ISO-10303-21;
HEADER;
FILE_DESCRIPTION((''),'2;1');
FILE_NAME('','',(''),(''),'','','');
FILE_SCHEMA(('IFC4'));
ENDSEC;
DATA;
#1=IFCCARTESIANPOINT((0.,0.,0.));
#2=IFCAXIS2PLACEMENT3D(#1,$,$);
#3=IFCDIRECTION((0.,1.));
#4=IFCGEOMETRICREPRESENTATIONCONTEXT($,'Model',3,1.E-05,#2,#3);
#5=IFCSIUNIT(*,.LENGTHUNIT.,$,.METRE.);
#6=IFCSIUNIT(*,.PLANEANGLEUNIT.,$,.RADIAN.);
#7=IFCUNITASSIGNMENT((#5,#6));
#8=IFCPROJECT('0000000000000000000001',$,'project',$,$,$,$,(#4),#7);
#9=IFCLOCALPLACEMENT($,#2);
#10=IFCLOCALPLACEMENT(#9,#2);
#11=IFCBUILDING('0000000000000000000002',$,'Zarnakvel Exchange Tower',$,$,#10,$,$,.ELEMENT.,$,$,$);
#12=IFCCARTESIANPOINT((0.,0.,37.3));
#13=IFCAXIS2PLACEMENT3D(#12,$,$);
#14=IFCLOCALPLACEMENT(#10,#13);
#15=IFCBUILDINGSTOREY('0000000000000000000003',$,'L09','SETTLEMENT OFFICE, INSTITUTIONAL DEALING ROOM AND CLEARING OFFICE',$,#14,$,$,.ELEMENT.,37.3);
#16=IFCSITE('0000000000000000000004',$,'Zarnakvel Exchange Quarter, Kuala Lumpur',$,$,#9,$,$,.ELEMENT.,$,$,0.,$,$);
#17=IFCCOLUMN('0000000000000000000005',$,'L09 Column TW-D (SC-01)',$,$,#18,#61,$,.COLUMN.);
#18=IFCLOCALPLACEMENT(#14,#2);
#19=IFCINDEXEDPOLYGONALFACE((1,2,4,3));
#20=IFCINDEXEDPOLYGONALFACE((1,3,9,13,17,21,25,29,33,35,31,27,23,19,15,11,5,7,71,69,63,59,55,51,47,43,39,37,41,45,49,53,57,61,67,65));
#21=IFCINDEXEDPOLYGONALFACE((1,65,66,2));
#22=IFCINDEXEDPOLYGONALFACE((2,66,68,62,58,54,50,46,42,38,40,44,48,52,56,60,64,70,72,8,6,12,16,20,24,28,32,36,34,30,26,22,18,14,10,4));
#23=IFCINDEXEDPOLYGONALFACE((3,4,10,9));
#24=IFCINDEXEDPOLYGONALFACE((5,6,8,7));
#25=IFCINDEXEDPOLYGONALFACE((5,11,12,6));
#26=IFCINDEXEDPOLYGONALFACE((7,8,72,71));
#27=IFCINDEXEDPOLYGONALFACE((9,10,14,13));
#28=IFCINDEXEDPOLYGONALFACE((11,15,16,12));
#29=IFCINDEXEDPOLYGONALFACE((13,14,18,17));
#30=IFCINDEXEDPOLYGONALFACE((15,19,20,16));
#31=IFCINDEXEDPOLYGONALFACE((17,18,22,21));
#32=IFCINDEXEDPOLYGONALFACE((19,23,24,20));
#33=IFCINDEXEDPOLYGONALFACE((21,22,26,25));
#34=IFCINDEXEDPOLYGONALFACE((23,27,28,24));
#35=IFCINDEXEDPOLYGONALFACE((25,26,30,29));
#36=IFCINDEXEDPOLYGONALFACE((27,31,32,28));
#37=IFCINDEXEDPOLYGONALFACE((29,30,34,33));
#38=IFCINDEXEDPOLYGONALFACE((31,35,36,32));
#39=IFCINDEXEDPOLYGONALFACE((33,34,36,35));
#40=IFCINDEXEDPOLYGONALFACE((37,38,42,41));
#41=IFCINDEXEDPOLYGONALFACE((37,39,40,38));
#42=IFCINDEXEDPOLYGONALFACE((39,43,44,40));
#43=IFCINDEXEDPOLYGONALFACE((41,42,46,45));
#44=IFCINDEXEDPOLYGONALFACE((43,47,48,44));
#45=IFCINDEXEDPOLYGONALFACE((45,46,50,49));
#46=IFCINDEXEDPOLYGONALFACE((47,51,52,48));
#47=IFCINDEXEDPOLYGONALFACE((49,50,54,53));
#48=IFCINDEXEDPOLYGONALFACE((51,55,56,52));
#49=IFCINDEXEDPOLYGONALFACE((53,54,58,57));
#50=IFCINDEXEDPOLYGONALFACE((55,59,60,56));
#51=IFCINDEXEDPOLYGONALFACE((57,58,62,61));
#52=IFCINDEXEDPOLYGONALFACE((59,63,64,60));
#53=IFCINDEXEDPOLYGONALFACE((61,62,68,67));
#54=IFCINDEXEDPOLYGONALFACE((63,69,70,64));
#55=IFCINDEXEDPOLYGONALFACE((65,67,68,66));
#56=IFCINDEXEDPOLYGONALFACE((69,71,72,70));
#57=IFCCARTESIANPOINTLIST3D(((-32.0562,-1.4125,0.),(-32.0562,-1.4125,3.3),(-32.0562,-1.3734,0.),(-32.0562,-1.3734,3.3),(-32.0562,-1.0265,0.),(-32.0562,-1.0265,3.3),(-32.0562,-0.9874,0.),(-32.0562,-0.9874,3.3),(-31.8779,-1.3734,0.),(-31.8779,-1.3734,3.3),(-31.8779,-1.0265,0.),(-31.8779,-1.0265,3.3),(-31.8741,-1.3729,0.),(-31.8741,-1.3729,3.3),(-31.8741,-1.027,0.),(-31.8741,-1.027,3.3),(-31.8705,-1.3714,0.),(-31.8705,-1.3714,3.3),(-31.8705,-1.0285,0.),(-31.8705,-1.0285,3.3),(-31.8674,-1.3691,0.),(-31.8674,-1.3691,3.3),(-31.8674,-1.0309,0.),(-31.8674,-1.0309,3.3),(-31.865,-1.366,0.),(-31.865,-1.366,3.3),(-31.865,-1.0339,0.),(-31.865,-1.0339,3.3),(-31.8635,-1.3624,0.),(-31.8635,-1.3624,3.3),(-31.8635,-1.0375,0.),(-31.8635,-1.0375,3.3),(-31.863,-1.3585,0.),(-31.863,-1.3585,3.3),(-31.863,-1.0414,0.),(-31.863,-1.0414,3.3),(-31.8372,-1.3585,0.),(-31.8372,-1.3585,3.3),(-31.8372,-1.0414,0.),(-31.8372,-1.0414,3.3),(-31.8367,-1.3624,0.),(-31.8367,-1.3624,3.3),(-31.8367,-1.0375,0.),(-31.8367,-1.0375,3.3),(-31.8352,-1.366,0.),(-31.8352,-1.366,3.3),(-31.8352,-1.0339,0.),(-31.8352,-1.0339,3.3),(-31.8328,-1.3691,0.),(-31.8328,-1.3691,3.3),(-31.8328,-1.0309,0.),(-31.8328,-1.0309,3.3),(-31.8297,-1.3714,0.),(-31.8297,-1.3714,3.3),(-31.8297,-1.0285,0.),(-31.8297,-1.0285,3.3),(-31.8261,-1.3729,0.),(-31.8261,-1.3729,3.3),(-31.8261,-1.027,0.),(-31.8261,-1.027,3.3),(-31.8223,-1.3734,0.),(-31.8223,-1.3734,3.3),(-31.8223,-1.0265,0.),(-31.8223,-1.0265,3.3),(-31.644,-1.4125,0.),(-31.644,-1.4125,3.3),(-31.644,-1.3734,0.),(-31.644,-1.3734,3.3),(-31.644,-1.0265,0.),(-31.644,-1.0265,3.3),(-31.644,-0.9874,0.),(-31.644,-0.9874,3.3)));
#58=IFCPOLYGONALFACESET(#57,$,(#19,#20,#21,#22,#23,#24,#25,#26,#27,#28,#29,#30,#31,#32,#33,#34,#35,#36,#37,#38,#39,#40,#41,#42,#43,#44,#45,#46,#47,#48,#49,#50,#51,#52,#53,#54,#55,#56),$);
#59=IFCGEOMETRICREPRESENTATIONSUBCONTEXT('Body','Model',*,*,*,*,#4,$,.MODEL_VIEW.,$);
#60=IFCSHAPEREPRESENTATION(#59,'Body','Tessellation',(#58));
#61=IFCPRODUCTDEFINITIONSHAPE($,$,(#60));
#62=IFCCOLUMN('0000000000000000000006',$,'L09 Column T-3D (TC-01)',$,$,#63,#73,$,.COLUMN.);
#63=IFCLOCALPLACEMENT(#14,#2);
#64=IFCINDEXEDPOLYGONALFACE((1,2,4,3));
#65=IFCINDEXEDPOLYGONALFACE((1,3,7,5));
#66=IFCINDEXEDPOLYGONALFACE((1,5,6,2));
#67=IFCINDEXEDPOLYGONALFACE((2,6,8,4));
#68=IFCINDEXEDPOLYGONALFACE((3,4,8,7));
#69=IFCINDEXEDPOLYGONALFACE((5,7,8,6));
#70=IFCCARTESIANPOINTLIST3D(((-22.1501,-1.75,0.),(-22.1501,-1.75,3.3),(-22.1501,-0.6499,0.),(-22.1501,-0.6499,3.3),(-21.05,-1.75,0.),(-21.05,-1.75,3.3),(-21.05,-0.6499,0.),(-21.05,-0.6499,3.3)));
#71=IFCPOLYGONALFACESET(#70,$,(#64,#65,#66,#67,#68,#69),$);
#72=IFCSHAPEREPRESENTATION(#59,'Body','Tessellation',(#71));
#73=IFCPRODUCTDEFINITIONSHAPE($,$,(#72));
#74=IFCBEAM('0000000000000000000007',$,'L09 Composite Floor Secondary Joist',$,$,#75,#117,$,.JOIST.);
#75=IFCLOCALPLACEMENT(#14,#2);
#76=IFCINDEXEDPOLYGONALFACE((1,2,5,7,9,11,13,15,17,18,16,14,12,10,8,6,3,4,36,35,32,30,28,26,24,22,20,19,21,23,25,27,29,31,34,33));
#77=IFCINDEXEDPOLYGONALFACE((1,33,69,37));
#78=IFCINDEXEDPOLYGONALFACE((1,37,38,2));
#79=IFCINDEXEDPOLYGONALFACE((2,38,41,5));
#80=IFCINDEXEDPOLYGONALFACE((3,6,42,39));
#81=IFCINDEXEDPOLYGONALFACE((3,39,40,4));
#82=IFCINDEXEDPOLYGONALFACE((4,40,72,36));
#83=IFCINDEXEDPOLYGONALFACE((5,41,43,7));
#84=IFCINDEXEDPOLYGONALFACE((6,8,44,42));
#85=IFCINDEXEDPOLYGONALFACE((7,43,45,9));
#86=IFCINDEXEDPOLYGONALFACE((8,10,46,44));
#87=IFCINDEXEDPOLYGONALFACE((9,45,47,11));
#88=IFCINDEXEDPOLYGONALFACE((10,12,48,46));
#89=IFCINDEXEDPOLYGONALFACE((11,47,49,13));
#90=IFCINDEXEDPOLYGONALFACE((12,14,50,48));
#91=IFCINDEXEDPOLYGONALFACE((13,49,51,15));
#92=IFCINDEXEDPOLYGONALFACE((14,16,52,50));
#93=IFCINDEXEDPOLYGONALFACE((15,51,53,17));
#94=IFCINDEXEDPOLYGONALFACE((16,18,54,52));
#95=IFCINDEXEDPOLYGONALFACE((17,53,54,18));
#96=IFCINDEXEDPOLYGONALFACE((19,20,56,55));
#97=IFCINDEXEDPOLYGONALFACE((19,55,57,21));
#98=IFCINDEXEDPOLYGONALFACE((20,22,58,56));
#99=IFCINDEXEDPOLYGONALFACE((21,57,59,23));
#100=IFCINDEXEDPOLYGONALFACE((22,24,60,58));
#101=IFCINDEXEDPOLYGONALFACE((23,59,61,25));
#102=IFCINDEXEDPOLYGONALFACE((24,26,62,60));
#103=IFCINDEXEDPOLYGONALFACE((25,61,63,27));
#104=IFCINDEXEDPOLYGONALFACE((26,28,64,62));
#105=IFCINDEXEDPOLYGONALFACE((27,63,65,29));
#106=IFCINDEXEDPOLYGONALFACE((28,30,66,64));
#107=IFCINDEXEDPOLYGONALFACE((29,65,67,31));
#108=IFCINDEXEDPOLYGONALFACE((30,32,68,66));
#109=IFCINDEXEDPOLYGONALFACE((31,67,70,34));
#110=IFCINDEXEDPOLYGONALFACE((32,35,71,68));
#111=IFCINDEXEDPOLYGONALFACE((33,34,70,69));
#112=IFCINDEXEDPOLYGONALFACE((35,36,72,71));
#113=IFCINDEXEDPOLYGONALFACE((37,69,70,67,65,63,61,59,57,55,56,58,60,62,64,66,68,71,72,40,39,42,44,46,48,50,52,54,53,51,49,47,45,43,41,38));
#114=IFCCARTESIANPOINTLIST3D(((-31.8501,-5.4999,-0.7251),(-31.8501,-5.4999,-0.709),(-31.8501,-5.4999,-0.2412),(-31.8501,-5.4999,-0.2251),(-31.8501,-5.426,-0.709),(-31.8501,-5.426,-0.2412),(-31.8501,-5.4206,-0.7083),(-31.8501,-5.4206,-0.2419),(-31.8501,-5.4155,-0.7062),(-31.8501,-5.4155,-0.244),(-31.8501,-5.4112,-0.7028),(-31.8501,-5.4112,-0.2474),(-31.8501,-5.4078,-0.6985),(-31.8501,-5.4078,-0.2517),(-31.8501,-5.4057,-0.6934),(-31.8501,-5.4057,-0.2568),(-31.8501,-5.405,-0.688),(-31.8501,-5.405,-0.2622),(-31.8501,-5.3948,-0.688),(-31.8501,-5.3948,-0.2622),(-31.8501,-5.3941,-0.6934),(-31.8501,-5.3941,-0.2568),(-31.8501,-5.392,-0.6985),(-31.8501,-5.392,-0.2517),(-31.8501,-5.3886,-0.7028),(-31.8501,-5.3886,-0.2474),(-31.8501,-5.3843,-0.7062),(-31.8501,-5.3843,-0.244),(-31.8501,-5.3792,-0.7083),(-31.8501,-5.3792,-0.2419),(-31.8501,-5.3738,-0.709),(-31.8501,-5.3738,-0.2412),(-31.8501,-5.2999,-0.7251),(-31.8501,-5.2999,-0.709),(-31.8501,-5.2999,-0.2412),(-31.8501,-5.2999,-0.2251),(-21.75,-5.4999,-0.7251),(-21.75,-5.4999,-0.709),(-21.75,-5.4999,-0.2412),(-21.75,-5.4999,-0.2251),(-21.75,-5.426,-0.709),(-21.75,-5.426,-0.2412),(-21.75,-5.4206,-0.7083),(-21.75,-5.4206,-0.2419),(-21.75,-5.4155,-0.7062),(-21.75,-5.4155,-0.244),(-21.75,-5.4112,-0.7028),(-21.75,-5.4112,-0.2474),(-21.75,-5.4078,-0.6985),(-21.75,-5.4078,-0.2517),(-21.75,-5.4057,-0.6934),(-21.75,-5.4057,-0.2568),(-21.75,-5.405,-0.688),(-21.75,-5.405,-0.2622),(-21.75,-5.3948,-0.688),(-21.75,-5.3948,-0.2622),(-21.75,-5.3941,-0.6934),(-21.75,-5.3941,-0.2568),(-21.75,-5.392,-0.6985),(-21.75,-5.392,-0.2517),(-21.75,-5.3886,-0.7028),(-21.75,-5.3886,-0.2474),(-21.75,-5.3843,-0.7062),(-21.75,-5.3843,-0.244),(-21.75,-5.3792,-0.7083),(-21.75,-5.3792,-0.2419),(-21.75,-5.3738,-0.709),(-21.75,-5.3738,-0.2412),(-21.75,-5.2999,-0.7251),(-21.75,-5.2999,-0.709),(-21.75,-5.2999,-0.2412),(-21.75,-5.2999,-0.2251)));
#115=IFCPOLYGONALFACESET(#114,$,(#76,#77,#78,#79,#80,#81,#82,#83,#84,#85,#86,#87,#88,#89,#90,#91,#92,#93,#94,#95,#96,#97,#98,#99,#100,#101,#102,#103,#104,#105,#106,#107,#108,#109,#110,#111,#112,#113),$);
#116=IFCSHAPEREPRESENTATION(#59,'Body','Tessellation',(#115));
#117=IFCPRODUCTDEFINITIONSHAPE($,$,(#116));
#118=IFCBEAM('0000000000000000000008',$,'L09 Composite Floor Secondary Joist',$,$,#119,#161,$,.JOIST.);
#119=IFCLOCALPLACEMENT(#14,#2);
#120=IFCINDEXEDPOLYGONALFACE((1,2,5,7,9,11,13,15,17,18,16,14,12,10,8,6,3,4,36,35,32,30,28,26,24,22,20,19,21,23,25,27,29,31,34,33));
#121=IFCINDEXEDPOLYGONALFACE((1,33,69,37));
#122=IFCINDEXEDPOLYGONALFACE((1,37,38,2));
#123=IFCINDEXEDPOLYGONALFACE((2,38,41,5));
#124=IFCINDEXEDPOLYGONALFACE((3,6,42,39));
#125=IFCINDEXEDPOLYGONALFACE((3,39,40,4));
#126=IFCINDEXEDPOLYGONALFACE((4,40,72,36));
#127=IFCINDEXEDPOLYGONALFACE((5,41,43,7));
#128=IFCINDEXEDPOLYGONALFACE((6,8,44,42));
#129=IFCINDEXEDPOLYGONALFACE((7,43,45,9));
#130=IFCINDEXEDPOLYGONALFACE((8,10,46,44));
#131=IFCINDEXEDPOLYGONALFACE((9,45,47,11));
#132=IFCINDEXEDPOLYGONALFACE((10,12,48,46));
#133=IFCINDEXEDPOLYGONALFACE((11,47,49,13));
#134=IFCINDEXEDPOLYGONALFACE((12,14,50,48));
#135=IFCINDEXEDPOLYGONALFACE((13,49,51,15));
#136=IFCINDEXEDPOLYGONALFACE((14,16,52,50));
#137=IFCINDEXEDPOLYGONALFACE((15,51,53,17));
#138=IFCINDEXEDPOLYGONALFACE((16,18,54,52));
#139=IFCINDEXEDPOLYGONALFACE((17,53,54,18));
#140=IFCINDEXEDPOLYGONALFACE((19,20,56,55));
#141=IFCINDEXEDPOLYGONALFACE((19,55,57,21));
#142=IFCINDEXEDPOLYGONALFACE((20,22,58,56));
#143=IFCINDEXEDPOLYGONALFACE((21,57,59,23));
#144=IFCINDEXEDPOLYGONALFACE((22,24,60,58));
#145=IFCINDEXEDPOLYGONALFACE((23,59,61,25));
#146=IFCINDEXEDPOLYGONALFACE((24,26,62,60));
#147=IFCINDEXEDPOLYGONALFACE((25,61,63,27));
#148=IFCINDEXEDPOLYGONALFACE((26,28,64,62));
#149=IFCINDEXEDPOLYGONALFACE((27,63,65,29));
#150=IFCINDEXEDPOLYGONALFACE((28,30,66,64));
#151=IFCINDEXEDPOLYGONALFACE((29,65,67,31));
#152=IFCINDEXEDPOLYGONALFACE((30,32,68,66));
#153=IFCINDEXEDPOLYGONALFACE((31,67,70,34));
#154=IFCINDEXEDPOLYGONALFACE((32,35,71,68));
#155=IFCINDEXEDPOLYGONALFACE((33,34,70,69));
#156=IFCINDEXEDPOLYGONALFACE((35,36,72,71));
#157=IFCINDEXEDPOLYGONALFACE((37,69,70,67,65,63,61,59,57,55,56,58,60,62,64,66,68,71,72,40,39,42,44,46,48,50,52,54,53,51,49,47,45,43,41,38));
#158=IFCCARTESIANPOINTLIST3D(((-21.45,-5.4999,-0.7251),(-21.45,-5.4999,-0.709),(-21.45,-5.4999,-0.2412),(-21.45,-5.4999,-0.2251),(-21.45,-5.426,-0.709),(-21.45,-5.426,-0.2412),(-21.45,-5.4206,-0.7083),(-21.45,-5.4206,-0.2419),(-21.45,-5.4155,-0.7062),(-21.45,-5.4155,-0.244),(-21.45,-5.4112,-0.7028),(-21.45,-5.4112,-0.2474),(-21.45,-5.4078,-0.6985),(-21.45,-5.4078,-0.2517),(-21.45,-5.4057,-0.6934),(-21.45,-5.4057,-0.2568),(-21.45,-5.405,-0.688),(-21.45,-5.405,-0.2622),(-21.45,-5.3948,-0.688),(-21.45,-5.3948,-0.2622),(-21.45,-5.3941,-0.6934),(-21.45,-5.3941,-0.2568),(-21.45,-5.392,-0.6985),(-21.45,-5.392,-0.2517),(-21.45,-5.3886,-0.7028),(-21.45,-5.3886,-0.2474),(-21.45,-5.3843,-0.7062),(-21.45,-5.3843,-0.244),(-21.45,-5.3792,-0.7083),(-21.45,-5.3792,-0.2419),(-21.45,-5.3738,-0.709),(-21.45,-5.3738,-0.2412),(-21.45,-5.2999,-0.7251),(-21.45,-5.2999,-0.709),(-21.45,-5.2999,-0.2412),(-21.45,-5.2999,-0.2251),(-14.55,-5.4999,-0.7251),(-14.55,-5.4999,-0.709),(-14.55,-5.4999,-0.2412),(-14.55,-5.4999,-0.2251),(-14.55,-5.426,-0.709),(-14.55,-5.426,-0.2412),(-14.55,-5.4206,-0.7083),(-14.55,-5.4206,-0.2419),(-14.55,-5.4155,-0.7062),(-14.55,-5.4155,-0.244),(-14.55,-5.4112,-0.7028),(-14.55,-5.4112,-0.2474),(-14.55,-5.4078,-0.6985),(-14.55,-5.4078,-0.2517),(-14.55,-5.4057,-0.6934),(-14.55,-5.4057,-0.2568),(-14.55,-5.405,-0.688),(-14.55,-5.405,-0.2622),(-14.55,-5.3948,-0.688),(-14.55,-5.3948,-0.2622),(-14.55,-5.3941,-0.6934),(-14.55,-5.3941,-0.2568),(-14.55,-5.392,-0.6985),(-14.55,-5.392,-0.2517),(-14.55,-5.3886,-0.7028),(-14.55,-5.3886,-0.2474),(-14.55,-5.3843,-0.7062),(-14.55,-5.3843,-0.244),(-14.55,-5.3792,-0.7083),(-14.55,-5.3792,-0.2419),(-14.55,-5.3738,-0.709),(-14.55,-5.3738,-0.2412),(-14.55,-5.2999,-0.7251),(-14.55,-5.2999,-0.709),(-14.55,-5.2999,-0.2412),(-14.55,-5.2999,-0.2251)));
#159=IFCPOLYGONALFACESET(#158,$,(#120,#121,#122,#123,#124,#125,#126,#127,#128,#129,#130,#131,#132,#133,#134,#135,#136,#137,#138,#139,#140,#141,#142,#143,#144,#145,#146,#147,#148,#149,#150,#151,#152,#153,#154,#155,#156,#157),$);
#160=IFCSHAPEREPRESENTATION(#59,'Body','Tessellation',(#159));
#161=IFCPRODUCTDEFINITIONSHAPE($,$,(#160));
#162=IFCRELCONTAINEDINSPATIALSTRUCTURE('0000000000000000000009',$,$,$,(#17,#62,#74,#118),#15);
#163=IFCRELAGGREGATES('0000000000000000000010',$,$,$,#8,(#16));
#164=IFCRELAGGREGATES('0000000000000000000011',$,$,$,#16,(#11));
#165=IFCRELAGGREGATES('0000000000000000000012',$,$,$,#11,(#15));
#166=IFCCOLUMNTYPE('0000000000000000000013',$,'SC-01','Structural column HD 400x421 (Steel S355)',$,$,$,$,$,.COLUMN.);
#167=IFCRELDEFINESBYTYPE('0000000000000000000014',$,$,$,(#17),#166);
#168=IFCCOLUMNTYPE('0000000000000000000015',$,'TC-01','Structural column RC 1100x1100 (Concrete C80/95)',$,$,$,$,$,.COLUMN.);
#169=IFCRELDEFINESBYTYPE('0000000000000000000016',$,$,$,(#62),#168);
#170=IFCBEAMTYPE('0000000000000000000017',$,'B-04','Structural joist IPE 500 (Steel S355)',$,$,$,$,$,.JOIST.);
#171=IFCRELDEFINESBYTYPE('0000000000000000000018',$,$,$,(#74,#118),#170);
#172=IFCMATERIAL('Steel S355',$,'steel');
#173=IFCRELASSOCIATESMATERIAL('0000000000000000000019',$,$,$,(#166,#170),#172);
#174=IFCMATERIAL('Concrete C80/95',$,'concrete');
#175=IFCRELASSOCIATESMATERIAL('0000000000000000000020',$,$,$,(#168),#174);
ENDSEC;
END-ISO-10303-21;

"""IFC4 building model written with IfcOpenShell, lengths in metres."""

from ifc_helpers import new_model, si_unit, direction, frame, origin, origin_2d, place, context, subcontext, project, spatial, rectangle, i_section, extrude, material, material_profile, profile_set, type_object, element, save


model = new_model("IFC4")

# Units and contexts
model_context = context("Model", 3, precision=1e-05, world=origin(), true_north=direction((0.0, 1.0)))
body_context = subcontext(model_context, "Body", "Model", "MODEL_VIEW")
ifc_project = project(units=[si_unit("LENGTHUNIT", "METRE"), si_unit("PLANEANGLEUNIT", "RADIAN")], contexts=[model_context])

# Site, building, storey
site_placement = place(None, origin())
site = spatial("IfcSite", under=ifc_project, at=site_placement, Name="Zarnakvel Exchange Quarter, Kuala Lumpur", CompositionType="ELEMENT", RefElevation=0.0)
building_placement = place(site_placement, origin())
building = spatial("IfcBuilding", under=site, at=building_placement, Name="Zarnakvel Exchange Tower", CompositionType="ELEMENT")
storey_placement = place(building_placement, frame((0.0, 0.0, 37.3)))
storey = spatial("IfcBuildingStorey", under=building, at=storey_placement, Name="L09", Description="SETTLEMENT OFFICE, INSTITUTIONAL DEALING ROOM AND CLEARING OFFICE", CompositionType="ELEMENT", Elevation=37.3)

# Columns
ifc_material_1 = material(Name="Steel S355", Category="steel")
ifc_material_profile_1 = material_profile(ifc_material_1, i_section(OverallWidth=0.4121, OverallDepth=0.425, WebThickness=0.0259, FlangeThickness=0.0391, FilletRadius=0.0149, at=origin_2d()))
ifc_profile_set_1 = profile_set([ifc_material_profile_1], Name="Steel S355")
column_type_1 = type_object("IfcColumnType", Name="SC-01", Description="Structural column HD 400x421 (Steel S355)", PredefinedType="COLUMN", material=ifc_profile_set_1)
column_1_placement = place(storey_placement, frame((-31.8501, -1.2, 0.0), z_axis=(0.0, 0.0, 1.0), x_axis=(1.0, 0.0, 0.0)))
element("IfcColumn", 1, at=column_1_placement, inside=storey, type_object=column_type_1, Name="L09 Column TW-D (SC-01)", PredefinedType="COLUMN", context=body_context, shape_type="SweptSolid", body=[
    extrude(i_section(OverallWidth=0.4121, OverallDepth=0.425, WebThickness=0.0259, FlangeThickness=0.0391, FilletRadius=0.0149, at=origin_2d()), origin(), (0.0, 0.0, 1.0), 3.3),
])
ifc_material_2 = material(Name="Concrete C80/95", Category="concrete")
ifc_material_profile_2 = material_profile(ifc_material_2, rectangle(XDim=1.1001, YDim=1.1001, at=origin_2d()))
ifc_profile_set_2 = profile_set([ifc_material_profile_2], Name="Concrete C80/95")
column_type_2 = type_object("IfcColumnType", Name="TC-01", Description="Structural column RC 1100x1100 (Concrete C80/95)", PredefinedType="COLUMN", material=ifc_profile_set_2)
column_2_placement = place(storey_placement, frame((-21.6001, -1.2, 0.0), z_axis=(0.0, 0.0, 1.0), x_axis=(1.0, 0.0, 0.0)))
element("IfcColumn", 2, at=column_2_placement, inside=storey, type_object=column_type_2, Name="L09 Column T-3D (TC-01)", PredefinedType="COLUMN", context=body_context, shape_type="SweptSolid", body=[
    extrude(rectangle(XDim=1.1001, YDim=1.1001, at=origin_2d()), origin(), (0.0, 0.0, 1.0), 3.3),
])

# Beams
ifc_material_profile_3 = material_profile(ifc_material_1, i_section(OverallWidth=0.2, OverallDepth=0.5, WebThickness=0.0103, FlangeThickness=0.0161, FilletRadius=0.021, at=origin_2d()))
ifc_profile_set_3 = profile_set([ifc_material_profile_3], Name="Steel S355")
beam_type_1 = type_object("IfcBeamType", Name="B-04", Description="Structural joist IPE 500 (Steel S355)", PredefinedType="JOIST", material=ifc_profile_set_3)
beam_1_placement = place(storey_placement, frame((-31.8501, -5.3999, -0.4751), z_axis=(1.0, 0.0, 0.0), x_axis=(0.0, 1.0, 0.0)))
element("IfcBeam", 3, at=beam_1_placement, inside=storey, type_object=beam_type_1, Name="L09 Composite Floor Secondary Joist", PredefinedType="JOIST", context=body_context, shape_type="SweptSolid", body=[
    extrude(i_section(OverallWidth=0.2, OverallDepth=0.5, WebThickness=0.0103, FlangeThickness=0.0161, FilletRadius=0.021, at=origin_2d()), origin(), (0.0, 0.0, 1.0), 10.1001),
])
beam_2_placement = place(storey_placement, frame((-21.45, -5.3999, -0.4751), z_axis=(1.0, 0.0, 0.0), x_axis=(0.0, 1.0, 0.0)))
element("IfcBeam", 4, at=beam_2_placement, inside=storey, type_object=beam_type_1, Name="L09 Composite Floor Secondary Joist", PredefinedType="JOIST", context=body_context, shape_type="SweptSolid", body=[
    extrude(i_section(OverallWidth=0.2, OverallDepth=0.5, WebThickness=0.0103, FlangeThickness=0.0161, FilletRadius=0.021, at=origin_2d()), origin(), (0.0, 0.0, 1.0), 6.8999),
])

save(model, "model.ifc")
